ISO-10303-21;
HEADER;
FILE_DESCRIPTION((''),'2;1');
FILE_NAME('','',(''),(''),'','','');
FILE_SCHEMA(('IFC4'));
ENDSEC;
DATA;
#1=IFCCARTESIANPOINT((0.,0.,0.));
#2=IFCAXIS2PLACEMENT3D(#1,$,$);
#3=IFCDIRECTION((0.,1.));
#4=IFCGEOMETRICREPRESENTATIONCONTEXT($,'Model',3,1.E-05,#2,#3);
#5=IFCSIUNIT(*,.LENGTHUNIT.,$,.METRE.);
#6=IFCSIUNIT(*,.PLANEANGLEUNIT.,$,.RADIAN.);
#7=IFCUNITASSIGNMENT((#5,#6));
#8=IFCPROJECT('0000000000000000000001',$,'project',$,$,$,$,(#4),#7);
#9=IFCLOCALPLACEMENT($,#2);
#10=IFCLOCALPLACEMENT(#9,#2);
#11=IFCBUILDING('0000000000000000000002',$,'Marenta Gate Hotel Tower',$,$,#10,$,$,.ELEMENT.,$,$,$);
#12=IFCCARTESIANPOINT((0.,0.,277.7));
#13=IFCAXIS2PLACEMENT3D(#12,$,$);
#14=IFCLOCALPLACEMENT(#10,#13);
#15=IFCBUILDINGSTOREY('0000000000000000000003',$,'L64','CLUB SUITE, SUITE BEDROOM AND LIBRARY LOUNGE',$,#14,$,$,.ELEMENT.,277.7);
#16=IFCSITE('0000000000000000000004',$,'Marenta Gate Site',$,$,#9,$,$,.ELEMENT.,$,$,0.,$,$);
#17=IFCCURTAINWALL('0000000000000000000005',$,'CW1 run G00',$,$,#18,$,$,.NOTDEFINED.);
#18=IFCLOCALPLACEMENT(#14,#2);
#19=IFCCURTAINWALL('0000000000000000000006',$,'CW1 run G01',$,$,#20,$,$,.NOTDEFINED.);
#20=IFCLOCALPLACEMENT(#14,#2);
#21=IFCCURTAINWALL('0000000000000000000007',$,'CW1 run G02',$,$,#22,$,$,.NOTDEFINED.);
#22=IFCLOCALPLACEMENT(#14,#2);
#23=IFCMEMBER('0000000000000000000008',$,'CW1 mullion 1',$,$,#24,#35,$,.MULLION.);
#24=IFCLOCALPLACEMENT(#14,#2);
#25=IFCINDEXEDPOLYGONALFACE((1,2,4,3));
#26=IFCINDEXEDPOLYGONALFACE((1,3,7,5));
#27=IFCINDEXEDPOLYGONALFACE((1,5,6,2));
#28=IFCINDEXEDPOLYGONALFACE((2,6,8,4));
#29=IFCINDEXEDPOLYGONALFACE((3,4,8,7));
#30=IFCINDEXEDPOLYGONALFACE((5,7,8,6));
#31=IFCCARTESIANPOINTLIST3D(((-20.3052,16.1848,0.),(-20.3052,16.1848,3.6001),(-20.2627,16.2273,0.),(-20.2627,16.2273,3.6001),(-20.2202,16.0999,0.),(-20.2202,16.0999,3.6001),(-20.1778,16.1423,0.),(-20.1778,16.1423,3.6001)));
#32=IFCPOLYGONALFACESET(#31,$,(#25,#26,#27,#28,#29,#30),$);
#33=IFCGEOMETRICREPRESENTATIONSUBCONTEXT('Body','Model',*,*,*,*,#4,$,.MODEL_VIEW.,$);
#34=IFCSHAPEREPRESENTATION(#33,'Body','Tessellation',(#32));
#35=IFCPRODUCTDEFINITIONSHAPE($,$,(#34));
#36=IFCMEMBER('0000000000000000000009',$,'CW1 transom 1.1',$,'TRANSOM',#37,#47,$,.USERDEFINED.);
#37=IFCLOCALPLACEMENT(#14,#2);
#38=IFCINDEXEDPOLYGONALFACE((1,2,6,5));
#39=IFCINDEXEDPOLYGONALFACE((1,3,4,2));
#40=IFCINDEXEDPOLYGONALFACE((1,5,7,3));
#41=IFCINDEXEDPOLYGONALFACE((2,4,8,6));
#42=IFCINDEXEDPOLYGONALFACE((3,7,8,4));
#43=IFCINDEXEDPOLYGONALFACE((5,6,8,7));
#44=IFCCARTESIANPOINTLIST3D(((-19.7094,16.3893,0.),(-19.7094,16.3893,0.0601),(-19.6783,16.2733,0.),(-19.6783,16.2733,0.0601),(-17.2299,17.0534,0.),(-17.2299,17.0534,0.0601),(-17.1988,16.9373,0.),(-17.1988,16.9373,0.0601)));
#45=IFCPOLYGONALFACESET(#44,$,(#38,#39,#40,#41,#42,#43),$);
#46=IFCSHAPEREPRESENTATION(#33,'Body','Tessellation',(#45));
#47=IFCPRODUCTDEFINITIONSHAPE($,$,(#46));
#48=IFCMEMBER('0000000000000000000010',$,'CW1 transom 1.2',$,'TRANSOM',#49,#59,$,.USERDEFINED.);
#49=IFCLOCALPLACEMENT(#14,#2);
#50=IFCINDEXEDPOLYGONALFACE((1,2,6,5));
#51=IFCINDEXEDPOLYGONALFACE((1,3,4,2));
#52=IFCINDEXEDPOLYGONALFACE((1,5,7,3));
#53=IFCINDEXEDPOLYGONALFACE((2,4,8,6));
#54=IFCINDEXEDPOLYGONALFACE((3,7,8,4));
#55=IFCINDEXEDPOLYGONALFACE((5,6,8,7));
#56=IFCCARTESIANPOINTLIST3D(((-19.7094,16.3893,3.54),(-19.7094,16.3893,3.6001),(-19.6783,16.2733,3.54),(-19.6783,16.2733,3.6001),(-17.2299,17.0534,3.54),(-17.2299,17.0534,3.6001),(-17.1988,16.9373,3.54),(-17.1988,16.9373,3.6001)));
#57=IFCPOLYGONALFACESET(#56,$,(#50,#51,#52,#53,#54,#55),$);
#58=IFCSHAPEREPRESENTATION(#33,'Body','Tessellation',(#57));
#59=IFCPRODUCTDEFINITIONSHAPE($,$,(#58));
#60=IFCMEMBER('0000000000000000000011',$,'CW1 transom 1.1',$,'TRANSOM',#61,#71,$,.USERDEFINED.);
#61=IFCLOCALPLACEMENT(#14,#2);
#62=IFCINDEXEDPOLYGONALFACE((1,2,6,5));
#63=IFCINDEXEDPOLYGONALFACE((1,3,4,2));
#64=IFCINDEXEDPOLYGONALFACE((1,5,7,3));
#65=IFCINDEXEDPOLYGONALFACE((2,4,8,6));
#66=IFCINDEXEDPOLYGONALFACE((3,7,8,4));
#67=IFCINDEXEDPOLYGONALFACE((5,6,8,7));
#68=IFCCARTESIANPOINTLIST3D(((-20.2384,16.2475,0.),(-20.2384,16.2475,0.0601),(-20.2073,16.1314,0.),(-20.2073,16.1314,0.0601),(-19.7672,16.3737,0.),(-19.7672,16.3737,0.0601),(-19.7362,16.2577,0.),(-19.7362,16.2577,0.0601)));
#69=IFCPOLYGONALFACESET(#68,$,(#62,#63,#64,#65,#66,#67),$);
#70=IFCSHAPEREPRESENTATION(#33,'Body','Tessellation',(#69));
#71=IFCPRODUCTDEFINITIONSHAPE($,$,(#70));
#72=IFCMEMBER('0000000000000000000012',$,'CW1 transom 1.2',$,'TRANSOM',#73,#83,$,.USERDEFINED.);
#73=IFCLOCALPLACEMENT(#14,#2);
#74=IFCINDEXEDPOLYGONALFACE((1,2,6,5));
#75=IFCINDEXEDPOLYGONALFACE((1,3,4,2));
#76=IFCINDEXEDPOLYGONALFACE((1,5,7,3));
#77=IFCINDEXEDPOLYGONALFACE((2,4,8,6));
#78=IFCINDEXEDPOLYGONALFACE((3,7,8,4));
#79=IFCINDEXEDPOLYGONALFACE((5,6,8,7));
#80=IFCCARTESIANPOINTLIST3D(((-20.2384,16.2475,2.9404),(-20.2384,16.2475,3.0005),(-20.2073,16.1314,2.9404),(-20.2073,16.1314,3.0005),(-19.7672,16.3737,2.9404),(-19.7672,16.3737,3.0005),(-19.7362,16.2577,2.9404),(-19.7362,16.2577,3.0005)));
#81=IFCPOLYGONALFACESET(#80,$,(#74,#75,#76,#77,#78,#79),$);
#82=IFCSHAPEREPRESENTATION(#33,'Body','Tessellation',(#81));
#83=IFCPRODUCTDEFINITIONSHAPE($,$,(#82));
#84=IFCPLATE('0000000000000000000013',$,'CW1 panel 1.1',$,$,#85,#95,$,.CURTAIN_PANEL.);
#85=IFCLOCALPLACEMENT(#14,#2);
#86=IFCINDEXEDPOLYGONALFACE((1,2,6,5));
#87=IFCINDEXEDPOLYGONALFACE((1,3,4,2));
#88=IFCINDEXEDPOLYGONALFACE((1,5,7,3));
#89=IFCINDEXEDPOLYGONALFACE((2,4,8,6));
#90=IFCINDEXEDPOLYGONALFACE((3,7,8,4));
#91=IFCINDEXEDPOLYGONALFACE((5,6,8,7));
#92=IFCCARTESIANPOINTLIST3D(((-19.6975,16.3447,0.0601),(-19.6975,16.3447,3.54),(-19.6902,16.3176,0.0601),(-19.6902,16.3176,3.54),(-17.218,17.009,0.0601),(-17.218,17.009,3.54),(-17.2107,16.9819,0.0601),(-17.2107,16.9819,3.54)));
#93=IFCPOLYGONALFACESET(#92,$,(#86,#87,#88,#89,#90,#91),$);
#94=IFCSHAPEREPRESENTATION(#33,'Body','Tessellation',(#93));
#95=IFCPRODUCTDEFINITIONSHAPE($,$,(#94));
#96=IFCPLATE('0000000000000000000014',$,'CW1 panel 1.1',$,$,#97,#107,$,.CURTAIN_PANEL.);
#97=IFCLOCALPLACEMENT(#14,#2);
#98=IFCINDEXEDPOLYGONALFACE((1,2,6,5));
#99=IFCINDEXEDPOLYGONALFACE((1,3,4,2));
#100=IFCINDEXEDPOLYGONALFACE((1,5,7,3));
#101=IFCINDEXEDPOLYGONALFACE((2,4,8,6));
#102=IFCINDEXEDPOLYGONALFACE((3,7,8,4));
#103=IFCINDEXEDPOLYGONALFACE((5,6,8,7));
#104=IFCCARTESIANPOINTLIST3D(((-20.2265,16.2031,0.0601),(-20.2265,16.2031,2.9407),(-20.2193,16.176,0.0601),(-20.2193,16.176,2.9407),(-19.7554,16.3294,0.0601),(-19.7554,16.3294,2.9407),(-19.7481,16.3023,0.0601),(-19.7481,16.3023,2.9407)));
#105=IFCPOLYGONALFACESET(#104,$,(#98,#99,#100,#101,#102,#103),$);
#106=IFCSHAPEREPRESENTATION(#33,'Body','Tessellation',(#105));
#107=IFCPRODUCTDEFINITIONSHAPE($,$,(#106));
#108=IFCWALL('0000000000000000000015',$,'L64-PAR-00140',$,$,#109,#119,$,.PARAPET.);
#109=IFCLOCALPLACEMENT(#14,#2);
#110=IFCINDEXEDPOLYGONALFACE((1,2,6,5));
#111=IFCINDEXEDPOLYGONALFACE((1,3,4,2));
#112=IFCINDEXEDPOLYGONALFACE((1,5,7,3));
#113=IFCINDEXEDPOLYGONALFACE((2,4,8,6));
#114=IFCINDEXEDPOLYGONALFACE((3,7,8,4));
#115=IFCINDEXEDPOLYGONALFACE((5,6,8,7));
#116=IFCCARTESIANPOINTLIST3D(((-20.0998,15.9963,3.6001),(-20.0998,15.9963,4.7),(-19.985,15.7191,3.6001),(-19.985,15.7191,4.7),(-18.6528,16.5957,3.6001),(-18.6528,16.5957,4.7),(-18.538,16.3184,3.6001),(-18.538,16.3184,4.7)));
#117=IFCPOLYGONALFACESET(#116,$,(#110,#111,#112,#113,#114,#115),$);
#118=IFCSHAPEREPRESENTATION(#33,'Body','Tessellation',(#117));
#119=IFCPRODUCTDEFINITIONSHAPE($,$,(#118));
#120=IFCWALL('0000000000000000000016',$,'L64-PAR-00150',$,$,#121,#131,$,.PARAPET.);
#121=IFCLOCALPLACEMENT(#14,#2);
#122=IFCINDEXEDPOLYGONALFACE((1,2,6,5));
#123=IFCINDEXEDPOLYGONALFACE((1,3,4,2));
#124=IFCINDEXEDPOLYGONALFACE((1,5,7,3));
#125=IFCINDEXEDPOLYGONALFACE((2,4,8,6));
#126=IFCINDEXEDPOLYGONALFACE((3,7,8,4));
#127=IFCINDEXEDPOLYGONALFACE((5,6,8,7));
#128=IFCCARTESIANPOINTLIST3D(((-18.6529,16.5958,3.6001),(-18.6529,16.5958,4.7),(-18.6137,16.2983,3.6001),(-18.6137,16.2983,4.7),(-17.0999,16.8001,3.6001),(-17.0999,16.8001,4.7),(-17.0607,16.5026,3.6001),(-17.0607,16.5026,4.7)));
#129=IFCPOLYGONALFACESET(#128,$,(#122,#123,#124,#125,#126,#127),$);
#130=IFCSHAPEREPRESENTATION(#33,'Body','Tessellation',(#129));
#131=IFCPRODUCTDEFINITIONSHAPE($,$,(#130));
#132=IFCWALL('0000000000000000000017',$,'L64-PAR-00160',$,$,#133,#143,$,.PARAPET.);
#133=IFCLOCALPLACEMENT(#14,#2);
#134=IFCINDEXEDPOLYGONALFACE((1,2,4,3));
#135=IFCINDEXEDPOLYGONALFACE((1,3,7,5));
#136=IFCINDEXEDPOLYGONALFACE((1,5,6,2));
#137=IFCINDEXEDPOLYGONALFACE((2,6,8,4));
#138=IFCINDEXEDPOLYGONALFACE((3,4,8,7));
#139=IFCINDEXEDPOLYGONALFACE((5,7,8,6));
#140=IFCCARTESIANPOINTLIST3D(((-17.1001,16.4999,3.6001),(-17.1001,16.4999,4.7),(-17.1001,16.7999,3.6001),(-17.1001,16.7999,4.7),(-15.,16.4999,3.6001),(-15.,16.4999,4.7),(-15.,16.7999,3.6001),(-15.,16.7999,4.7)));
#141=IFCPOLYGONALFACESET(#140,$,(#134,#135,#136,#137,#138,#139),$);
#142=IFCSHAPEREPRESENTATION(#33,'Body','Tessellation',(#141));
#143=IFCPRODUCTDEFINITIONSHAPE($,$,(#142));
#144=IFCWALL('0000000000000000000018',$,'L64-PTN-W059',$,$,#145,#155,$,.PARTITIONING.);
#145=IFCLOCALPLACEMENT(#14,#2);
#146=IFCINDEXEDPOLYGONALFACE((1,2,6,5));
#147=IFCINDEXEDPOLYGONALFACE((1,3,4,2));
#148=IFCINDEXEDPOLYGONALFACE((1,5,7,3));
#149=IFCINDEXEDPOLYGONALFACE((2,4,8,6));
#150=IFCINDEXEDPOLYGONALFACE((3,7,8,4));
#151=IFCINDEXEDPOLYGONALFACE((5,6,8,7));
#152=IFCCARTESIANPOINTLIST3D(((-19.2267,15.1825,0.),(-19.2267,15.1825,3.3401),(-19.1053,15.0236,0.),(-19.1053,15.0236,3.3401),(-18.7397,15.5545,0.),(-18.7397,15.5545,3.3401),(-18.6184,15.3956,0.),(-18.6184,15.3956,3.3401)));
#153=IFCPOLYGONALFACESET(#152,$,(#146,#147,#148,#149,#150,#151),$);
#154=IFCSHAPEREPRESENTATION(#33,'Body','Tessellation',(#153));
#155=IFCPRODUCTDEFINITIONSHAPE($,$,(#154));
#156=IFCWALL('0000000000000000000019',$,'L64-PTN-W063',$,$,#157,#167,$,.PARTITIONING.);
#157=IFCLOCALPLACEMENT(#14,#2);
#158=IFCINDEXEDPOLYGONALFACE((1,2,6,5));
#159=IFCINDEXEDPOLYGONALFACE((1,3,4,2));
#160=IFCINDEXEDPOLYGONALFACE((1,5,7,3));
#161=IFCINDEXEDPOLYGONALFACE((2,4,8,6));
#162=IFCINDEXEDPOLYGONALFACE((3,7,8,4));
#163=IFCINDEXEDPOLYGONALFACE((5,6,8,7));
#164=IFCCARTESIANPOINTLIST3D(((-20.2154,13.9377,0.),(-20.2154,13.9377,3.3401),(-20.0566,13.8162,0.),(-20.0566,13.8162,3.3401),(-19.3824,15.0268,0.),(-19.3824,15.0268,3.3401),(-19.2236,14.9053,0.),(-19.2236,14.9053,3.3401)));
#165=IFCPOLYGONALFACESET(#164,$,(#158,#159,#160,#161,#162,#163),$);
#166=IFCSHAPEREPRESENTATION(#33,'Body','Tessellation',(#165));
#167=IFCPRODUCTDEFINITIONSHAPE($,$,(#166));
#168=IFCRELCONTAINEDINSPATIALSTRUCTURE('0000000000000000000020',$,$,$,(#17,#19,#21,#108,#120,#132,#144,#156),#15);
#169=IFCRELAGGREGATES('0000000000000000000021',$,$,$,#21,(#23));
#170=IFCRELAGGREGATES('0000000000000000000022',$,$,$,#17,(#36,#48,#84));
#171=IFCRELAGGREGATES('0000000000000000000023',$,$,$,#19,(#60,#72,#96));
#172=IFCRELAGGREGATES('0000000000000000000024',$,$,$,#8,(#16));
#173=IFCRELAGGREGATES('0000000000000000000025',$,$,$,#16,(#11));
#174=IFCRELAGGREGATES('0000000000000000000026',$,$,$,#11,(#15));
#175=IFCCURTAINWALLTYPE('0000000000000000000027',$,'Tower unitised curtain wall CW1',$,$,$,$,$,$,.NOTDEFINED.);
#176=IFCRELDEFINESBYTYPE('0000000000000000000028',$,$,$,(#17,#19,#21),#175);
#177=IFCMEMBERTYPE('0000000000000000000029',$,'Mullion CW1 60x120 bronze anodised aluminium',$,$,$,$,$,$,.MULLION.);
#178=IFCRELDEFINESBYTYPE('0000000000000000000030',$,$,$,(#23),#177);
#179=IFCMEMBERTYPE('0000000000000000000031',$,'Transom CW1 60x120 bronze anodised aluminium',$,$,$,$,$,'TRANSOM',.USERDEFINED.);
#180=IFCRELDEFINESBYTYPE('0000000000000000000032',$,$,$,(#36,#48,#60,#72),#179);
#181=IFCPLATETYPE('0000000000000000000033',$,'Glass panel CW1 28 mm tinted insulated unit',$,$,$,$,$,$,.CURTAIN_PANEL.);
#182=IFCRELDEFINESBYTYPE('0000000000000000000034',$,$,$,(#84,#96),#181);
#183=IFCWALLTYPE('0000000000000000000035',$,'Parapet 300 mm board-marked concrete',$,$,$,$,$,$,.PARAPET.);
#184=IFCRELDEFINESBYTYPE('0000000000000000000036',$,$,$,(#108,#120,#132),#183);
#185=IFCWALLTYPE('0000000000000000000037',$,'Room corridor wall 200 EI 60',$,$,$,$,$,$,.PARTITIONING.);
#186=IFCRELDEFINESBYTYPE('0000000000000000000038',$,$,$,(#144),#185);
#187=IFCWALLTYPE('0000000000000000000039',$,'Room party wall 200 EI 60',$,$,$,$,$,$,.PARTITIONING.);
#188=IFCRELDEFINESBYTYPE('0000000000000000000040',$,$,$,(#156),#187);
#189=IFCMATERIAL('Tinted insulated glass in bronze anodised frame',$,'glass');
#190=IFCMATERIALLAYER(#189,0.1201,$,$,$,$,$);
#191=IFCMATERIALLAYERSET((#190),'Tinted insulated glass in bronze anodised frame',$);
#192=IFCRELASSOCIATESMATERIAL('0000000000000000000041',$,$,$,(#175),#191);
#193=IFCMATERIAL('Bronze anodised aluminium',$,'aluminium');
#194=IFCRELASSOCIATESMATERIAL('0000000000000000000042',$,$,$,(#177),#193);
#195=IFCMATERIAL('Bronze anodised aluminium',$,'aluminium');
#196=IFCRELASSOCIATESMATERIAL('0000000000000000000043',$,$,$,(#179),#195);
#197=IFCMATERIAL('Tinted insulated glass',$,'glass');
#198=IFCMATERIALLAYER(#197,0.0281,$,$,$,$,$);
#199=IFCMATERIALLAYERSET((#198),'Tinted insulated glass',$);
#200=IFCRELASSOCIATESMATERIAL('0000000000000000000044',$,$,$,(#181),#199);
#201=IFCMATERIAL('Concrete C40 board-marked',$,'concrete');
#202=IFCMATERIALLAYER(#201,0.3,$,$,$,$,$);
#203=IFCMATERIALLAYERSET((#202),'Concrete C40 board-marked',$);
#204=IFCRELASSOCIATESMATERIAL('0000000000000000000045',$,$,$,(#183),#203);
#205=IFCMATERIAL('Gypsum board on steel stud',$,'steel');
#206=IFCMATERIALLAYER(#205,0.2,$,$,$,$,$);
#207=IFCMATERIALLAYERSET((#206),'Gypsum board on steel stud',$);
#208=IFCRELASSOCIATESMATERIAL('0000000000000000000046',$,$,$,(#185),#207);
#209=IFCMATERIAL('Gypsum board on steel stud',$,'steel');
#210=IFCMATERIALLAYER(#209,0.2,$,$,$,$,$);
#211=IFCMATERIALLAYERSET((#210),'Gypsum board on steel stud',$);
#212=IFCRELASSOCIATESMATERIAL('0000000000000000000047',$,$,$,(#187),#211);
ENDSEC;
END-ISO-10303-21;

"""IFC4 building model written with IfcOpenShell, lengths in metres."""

from ifc_helpers import new_model, si_unit, direction, frame, frame_2d, origin, origin_2d, place, context, subcontext, project, spatial, rectangle, extrude, material, layer, layer_set, material_profile, profile_set, type_object, element, aggregate, save


model = new_model("IFC4")

# Units and contexts
model_context = context("Model", 3, precision=1e-05, world=origin(), true_north=direction((0.0, 1.0)))
body_context = subcontext(model_context, "Body", "Model", "MODEL_VIEW")
ifc_project = project(units=[si_unit("LENGTHUNIT", "METRE"), si_unit("PLANEANGLEUNIT", "RADIAN")], contexts=[model_context])

# Site, building, storey
site_placement = place(None, origin())
site = spatial("IfcSite", under=ifc_project, at=site_placement, Name="Marenta Gate Site", CompositionType="ELEMENT", RefElevation=0.0)
building_placement = place(site_placement, origin())
building = spatial("IfcBuilding", under=site, at=building_placement, Name="Marenta Gate Hotel Tower", CompositionType="ELEMENT")
storey_placement = place(building_placement, frame((0.0, 0.0, 277.7)))
storey = spatial("IfcBuildingStorey", under=building, at=storey_placement, Name="L64", Description="CLUB SUITE, SUITE BEDROOM AND LIBRARY LOUNGE", CompositionType="ELEMENT", Elevation=277.7)

# Curtain walls, member
ifc_material_1 = material(Name="Tinted insulated glass in bronze anodised frame", Category="glass")
ifc_layer_1 = layer(ifc_material_1, 0.1201)
ifc_layer_set_1 = layer_set([ifc_layer_1], Name="Tinted insulated glass in bronze anodised frame")
curtain_wall_type = type_object("IfcCurtainWallType", Name="Tower unitised curtain wall CW1", PredefinedType="NOTDEFINED", material=ifc_layer_set_1)
curtain_wall_1_placement = place(storey_placement, origin())
curtain_wall_1 = element("IfcCurtainWall", 1, at=curtain_wall_1_placement, inside=storey, type_object=curtain_wall_type, Name="CW1 run G00", PredefinedType="NOTDEFINED")
ifc_material_2 = material(Name="Bronze anodised aluminium", Category="aluminium")
ifc_material_profile_1 = material_profile(ifc_material_2, rectangle(XDim=0.1201, YDim=0.0601, at=origin_2d()), Name="Mullion CW1 60x120 bronze anodised aluminium")
ifc_profile_set_1 = profile_set([ifc_material_profile_1], Name="Bronze anodised aluminium")
member_type_1 = type_object("IfcMemberType", Name="Mullion CW1 60x120 bronze anodised aluminium", PredefinedType="MULLION", material=ifc_profile_set_1)
curtain_wall_2_placement = place(storey_placement, origin())
curtain_wall_2 = element("IfcCurtainWall", 2, at=curtain_wall_2_placement, inside=storey, type_object=curtain_wall_type, Name="CW1 run G01", PredefinedType="NOTDEFINED")
curtain_wall_3_placement = place(storey_placement, origin())
curtain_wall_3 = element("IfcCurtainWall", 3, at=curtain_wall_3_placement, inside=storey, type_object=curtain_wall_type, Name="CW1 run G02", PredefinedType="NOTDEFINED")
member_1_placement = place(storey_placement, frame((-20.2415, 16.1636, 0.0), z_axis=(0.0, 0.0, 1.0), x_axis=(0.707107, -0.707107, 0.0)))
member_1 = element("IfcMember", 4, at=member_1_placement, type_object=member_type_1, Name="CW1 mullion 1", PredefinedType="MULLION", context=body_context, shape_type="SweptSolid", body=[
    extrude(rectangle(XDim=0.1201, YDim=0.0601, at=origin_2d()), origin(), (0.0, 0.0, 1.0), 3.6001),
])
aggregate(curtain_wall_3, [member_1])

# Members
ifc_material_3 = material(Name="Bronze anodised aluminium", Category="aluminium")
ifc_material_profile_2 = material_profile(ifc_material_3, rectangle(XDim=0.1201, YDim=0.0601, at=origin_2d()), Name="Transom CW1 60x120 bronze anodised aluminium")
ifc_profile_set_2 = profile_set([ifc_material_profile_2], Name="Bronze anodised aluminium")
member_type_2 = type_object("IfcMemberType", Name="Transom CW1 60x120 bronze anodised aluminium", ElementType="TRANSOM", PredefinedType="USERDEFINED", material=ifc_profile_set_2)
member_2_placement = place(storey_placement, frame((-17.2144, 16.9954, 0.03), z_axis=(-0.965957, -0.258704, 0.0), x_axis=(0.258704, -0.965957, 0.0)))
member_2 = element("IfcMember", 5, at=member_2_placement, type_object=member_type_2, Name="CW1 transom 1.1", ObjectType="TRANSOM", PredefinedType="USERDEFINED", context=body_context, shape_type="SweptSolid", body=[
    extrude(rectangle(XDim=0.1201, YDim=0.0601, at=origin_2d()), origin(), (0.0, 0.0, 1.0), 2.5669),
])
member_3_placement = place(storey_placement, frame((-17.2144, 16.9954, 3.5701), z_axis=(-0.965957, -0.258704, 0.0), x_axis=(0.258704, -0.965957, 0.0)))
member_3 = element("IfcMember", 6, at=member_3_placement, type_object=member_type_2, Name="CW1 transom 1.2", ObjectType="TRANSOM", PredefinedType="USERDEFINED", context=body_context, shape_type="SweptSolid", body=[
    extrude(rectangle(XDim=0.1201, YDim=0.0601, at=origin_2d()), origin(), (0.0, 0.0, 1.0), 2.5669),
])
member_4_placement = place(storey_placement, frame((-19.7517, 16.3157, 0.03), z_axis=(-0.965944, -0.258753, 0.0), x_axis=(0.258753, -0.965944, 0.0)))
member_4 = element("IfcMember", 7, at=member_4_placement, type_object=member_type_2, Name="CW1 transom 1.1", ObjectType="TRANSOM", PredefinedType="USERDEFINED", context=body_context, shape_type="SweptSolid", body=[
    extrude(rectangle(XDim=0.1201, YDim=0.0601, at=origin_2d()), origin(), (0.0, 0.0, 1.0), 0.4878),
])
member_5_placement = place(storey_placement, frame((-19.7517, 16.3157, 2.9705), z_axis=(-0.965944, -0.258753, 0.0), x_axis=(0.258753, -0.965944, 0.0)))
member_5 = element("IfcMember", 8, at=member_5_placement, type_object=member_type_2, Name="CW1 transom 1.2", ObjectType="TRANSOM", PredefinedType="USERDEFINED", context=body_context, shape_type="SweptSolid", body=[
    extrude(rectangle(XDim=0.1201, YDim=0.0601, at=origin_2d()), origin(), (0.0, 0.0, 1.0), 0.4878),
])

# Plates
ifc_material_4 = material(Name="Tinted insulated glass", Category="glass")
ifc_layer_2 = layer(ifc_material_4, 0.0281)
ifc_layer_set_2 = layer_set([ifc_layer_2], Name="Tinted insulated glass")
plate_type = type_object("IfcPlateType", Name="Glass panel CW1 28 mm tinted insulated unit", PredefinedType="CURTAIN_PANEL", material=ifc_layer_set_2)
plate_1_placement = place(storey_placement, frame((-18.4541, 16.6633, 0.0601), z_axis=(0.0, 0.0, 1.0), x_axis=(-0.965932, -0.258795, 0.0)))
plate_1 = element("IfcPlate", 9, at=plate_1_placement, type_object=plate_type, Name="CW1 panel 1.1", PredefinedType="CURTAIN_PANEL", context=body_context, shape_type="SweptSolid", body=[
    extrude(rectangle(XDim=2.5669, YDim=0.0281, at=origin_2d()), origin(), (0.0, 0.0, 1.0), 3.48),
])
aggregate(curtain_wall_1, [member_2, member_3, plate_1])
plate_2_placement = place(storey_placement, frame((-19.9873, 16.2527, 0.0601), z_axis=(0.0, 0.0, 1.0), x_axis=(-0.965922, -0.258832, 0.0)))
plate_2 = element("IfcPlate", 10, at=plate_2_placement, type_object=plate_type, Name="CW1 panel 1.1", PredefinedType="CURTAIN_PANEL", context=body_context, shape_type="SweptSolid", body=[
    extrude(rectangle(XDim=0.4878, YDim=0.0281, at=origin_2d()), origin(), (0.0, 0.0, 1.0), 2.8806),
])
aggregate(curtain_wall_2, [member_4, member_5, plate_2])

# Walls
ifc_material_5 = material(Name="Concrete C40 board-marked", Category="concrete")
ifc_layer_3 = layer(ifc_material_5, 0.3)
ifc_layer_set_3 = layer_set([ifc_layer_3], Name="Concrete C40 board-marked")
wall_type_1 = type_object("IfcWallType", Name="Parapet 300 mm board-marked concrete", PredefinedType="PARAPET", material=ifc_layer_set_3)
wall_1_placement = place(storey_placement, frame((-20.0425, 15.8577, 3.6001), z_axis=(0.0, 0.0, 1.0), x_axis=(0.923882, 0.382678, 0.0)))
element("IfcWall", 11, at=wall_1_placement, inside=storey, type_object=wall_type_1, Name="L64-PAR-00140", PredefinedType="PARAPET", context=body_context, shape_type="SweptSolid", body=[
    extrude(rectangle(XDim=1.5662, YDim=0.3, at=frame_2d((0.7832, 0.0))), origin(), (0.0, 0.0, 1.0), 1.0999),
])
wall_2_placement = place(storey_placement, frame((-18.6333, 16.447, 3.6001), z_axis=(0.0, 0.0, 1.0), x_axis=(0.991454, 0.130459, 0.0)))
element("IfcWall", 12, at=wall_2_placement, inside=storey, type_object=wall_type_1, Name="L64-PAR-00150", PredefinedType="PARAPET", context=body_context, shape_type="SweptSolid", body=[
    extrude(rectangle(XDim=1.5664, YDim=0.3, at=frame_2d((0.7832, 0.0))), origin(), (0.0, 0.0, 1.0), 1.0999),
])
wall_3_placement = place(storey_placement, frame((-17.1001, 16.6499, 3.6001), z_axis=(0.0, 0.0, 1.0), x_axis=(1.0, 0.0, 0.0)))
element("IfcWall", 13, at=wall_3_placement, inside=storey, type_object=wall_type_1, Name="L64-PAR-00160", PredefinedType="PARAPET", context=body_context, shape_type="SweptSolid", body=[
    extrude(rectangle(XDim=2.1001, YDim=0.3, at=frame_2d((1.05, 0.0))), origin(), (0.0, 0.0, 1.0), 1.0999),
])
ifc_material_6 = material(Name="Gypsum board on steel stud", Category="steel")
ifc_layer_4 = layer(ifc_material_6, 0.2)
ifc_layer_set_4 = layer_set([ifc_layer_4], Name="Gypsum board on steel stud")
wall_type_2 = type_object("IfcWallType", Name="Room corridor wall 200 EI 60", PredefinedType="PARTITIONING", material=ifc_layer_set_4)
wall_4_placement = place(storey_placement, frame((-19.166, 15.103, 0.0), z_axis=(0.0, 0.0, 1.0), x_axis=(0.794663, 0.607051, 0.0)))
element("IfcWall", 14, at=wall_4_placement, inside=storey, type_object=wall_type_2, Name="L64-PTN-W059", PredefinedType="PARTITIONING", context=body_context, shape_type="SweptSolid", body=[
    extrude(rectangle(XDim=0.6128, YDim=0.2, at=frame_2d((0.3064, 0.0))), origin(), (0.0, 0.0, 1.0), 3.3401),
])
ifc_material_7 = material(Name="Gypsum board on steel stud", Category="steel")
ifc_layer_5 = layer(ifc_material_7, 0.2)
ifc_layer_set_5 = layer_set([ifc_layer_5], Name="Gypsum board on steel stud")
wall_type_3 = type_object("IfcWallType", Name="Room party wall 200 EI 60", PredefinedType="PARTITIONING", material=ifc_layer_set_5)
wall_5_placement = place(storey_placement, frame((-20.136, 13.877, 0.0), z_axis=(0.0, 0.0, 1.0), x_axis=(0.607523, 0.794302, 0.0)))
element("IfcWall", 15, at=wall_5_placement, inside=storey, type_object=wall_type_3, Name="L64-PTN-W063", PredefinedType="PARTITIONING", context=body_context, shape_type="SweptSolid", body=[
    extrude(rectangle(XDim=1.3711, YDim=0.2, at=frame_2d((0.6855, 0.0))), origin(), (0.0, 0.0, 1.0), 3.3401),
])

save(model, "model.ifc")
